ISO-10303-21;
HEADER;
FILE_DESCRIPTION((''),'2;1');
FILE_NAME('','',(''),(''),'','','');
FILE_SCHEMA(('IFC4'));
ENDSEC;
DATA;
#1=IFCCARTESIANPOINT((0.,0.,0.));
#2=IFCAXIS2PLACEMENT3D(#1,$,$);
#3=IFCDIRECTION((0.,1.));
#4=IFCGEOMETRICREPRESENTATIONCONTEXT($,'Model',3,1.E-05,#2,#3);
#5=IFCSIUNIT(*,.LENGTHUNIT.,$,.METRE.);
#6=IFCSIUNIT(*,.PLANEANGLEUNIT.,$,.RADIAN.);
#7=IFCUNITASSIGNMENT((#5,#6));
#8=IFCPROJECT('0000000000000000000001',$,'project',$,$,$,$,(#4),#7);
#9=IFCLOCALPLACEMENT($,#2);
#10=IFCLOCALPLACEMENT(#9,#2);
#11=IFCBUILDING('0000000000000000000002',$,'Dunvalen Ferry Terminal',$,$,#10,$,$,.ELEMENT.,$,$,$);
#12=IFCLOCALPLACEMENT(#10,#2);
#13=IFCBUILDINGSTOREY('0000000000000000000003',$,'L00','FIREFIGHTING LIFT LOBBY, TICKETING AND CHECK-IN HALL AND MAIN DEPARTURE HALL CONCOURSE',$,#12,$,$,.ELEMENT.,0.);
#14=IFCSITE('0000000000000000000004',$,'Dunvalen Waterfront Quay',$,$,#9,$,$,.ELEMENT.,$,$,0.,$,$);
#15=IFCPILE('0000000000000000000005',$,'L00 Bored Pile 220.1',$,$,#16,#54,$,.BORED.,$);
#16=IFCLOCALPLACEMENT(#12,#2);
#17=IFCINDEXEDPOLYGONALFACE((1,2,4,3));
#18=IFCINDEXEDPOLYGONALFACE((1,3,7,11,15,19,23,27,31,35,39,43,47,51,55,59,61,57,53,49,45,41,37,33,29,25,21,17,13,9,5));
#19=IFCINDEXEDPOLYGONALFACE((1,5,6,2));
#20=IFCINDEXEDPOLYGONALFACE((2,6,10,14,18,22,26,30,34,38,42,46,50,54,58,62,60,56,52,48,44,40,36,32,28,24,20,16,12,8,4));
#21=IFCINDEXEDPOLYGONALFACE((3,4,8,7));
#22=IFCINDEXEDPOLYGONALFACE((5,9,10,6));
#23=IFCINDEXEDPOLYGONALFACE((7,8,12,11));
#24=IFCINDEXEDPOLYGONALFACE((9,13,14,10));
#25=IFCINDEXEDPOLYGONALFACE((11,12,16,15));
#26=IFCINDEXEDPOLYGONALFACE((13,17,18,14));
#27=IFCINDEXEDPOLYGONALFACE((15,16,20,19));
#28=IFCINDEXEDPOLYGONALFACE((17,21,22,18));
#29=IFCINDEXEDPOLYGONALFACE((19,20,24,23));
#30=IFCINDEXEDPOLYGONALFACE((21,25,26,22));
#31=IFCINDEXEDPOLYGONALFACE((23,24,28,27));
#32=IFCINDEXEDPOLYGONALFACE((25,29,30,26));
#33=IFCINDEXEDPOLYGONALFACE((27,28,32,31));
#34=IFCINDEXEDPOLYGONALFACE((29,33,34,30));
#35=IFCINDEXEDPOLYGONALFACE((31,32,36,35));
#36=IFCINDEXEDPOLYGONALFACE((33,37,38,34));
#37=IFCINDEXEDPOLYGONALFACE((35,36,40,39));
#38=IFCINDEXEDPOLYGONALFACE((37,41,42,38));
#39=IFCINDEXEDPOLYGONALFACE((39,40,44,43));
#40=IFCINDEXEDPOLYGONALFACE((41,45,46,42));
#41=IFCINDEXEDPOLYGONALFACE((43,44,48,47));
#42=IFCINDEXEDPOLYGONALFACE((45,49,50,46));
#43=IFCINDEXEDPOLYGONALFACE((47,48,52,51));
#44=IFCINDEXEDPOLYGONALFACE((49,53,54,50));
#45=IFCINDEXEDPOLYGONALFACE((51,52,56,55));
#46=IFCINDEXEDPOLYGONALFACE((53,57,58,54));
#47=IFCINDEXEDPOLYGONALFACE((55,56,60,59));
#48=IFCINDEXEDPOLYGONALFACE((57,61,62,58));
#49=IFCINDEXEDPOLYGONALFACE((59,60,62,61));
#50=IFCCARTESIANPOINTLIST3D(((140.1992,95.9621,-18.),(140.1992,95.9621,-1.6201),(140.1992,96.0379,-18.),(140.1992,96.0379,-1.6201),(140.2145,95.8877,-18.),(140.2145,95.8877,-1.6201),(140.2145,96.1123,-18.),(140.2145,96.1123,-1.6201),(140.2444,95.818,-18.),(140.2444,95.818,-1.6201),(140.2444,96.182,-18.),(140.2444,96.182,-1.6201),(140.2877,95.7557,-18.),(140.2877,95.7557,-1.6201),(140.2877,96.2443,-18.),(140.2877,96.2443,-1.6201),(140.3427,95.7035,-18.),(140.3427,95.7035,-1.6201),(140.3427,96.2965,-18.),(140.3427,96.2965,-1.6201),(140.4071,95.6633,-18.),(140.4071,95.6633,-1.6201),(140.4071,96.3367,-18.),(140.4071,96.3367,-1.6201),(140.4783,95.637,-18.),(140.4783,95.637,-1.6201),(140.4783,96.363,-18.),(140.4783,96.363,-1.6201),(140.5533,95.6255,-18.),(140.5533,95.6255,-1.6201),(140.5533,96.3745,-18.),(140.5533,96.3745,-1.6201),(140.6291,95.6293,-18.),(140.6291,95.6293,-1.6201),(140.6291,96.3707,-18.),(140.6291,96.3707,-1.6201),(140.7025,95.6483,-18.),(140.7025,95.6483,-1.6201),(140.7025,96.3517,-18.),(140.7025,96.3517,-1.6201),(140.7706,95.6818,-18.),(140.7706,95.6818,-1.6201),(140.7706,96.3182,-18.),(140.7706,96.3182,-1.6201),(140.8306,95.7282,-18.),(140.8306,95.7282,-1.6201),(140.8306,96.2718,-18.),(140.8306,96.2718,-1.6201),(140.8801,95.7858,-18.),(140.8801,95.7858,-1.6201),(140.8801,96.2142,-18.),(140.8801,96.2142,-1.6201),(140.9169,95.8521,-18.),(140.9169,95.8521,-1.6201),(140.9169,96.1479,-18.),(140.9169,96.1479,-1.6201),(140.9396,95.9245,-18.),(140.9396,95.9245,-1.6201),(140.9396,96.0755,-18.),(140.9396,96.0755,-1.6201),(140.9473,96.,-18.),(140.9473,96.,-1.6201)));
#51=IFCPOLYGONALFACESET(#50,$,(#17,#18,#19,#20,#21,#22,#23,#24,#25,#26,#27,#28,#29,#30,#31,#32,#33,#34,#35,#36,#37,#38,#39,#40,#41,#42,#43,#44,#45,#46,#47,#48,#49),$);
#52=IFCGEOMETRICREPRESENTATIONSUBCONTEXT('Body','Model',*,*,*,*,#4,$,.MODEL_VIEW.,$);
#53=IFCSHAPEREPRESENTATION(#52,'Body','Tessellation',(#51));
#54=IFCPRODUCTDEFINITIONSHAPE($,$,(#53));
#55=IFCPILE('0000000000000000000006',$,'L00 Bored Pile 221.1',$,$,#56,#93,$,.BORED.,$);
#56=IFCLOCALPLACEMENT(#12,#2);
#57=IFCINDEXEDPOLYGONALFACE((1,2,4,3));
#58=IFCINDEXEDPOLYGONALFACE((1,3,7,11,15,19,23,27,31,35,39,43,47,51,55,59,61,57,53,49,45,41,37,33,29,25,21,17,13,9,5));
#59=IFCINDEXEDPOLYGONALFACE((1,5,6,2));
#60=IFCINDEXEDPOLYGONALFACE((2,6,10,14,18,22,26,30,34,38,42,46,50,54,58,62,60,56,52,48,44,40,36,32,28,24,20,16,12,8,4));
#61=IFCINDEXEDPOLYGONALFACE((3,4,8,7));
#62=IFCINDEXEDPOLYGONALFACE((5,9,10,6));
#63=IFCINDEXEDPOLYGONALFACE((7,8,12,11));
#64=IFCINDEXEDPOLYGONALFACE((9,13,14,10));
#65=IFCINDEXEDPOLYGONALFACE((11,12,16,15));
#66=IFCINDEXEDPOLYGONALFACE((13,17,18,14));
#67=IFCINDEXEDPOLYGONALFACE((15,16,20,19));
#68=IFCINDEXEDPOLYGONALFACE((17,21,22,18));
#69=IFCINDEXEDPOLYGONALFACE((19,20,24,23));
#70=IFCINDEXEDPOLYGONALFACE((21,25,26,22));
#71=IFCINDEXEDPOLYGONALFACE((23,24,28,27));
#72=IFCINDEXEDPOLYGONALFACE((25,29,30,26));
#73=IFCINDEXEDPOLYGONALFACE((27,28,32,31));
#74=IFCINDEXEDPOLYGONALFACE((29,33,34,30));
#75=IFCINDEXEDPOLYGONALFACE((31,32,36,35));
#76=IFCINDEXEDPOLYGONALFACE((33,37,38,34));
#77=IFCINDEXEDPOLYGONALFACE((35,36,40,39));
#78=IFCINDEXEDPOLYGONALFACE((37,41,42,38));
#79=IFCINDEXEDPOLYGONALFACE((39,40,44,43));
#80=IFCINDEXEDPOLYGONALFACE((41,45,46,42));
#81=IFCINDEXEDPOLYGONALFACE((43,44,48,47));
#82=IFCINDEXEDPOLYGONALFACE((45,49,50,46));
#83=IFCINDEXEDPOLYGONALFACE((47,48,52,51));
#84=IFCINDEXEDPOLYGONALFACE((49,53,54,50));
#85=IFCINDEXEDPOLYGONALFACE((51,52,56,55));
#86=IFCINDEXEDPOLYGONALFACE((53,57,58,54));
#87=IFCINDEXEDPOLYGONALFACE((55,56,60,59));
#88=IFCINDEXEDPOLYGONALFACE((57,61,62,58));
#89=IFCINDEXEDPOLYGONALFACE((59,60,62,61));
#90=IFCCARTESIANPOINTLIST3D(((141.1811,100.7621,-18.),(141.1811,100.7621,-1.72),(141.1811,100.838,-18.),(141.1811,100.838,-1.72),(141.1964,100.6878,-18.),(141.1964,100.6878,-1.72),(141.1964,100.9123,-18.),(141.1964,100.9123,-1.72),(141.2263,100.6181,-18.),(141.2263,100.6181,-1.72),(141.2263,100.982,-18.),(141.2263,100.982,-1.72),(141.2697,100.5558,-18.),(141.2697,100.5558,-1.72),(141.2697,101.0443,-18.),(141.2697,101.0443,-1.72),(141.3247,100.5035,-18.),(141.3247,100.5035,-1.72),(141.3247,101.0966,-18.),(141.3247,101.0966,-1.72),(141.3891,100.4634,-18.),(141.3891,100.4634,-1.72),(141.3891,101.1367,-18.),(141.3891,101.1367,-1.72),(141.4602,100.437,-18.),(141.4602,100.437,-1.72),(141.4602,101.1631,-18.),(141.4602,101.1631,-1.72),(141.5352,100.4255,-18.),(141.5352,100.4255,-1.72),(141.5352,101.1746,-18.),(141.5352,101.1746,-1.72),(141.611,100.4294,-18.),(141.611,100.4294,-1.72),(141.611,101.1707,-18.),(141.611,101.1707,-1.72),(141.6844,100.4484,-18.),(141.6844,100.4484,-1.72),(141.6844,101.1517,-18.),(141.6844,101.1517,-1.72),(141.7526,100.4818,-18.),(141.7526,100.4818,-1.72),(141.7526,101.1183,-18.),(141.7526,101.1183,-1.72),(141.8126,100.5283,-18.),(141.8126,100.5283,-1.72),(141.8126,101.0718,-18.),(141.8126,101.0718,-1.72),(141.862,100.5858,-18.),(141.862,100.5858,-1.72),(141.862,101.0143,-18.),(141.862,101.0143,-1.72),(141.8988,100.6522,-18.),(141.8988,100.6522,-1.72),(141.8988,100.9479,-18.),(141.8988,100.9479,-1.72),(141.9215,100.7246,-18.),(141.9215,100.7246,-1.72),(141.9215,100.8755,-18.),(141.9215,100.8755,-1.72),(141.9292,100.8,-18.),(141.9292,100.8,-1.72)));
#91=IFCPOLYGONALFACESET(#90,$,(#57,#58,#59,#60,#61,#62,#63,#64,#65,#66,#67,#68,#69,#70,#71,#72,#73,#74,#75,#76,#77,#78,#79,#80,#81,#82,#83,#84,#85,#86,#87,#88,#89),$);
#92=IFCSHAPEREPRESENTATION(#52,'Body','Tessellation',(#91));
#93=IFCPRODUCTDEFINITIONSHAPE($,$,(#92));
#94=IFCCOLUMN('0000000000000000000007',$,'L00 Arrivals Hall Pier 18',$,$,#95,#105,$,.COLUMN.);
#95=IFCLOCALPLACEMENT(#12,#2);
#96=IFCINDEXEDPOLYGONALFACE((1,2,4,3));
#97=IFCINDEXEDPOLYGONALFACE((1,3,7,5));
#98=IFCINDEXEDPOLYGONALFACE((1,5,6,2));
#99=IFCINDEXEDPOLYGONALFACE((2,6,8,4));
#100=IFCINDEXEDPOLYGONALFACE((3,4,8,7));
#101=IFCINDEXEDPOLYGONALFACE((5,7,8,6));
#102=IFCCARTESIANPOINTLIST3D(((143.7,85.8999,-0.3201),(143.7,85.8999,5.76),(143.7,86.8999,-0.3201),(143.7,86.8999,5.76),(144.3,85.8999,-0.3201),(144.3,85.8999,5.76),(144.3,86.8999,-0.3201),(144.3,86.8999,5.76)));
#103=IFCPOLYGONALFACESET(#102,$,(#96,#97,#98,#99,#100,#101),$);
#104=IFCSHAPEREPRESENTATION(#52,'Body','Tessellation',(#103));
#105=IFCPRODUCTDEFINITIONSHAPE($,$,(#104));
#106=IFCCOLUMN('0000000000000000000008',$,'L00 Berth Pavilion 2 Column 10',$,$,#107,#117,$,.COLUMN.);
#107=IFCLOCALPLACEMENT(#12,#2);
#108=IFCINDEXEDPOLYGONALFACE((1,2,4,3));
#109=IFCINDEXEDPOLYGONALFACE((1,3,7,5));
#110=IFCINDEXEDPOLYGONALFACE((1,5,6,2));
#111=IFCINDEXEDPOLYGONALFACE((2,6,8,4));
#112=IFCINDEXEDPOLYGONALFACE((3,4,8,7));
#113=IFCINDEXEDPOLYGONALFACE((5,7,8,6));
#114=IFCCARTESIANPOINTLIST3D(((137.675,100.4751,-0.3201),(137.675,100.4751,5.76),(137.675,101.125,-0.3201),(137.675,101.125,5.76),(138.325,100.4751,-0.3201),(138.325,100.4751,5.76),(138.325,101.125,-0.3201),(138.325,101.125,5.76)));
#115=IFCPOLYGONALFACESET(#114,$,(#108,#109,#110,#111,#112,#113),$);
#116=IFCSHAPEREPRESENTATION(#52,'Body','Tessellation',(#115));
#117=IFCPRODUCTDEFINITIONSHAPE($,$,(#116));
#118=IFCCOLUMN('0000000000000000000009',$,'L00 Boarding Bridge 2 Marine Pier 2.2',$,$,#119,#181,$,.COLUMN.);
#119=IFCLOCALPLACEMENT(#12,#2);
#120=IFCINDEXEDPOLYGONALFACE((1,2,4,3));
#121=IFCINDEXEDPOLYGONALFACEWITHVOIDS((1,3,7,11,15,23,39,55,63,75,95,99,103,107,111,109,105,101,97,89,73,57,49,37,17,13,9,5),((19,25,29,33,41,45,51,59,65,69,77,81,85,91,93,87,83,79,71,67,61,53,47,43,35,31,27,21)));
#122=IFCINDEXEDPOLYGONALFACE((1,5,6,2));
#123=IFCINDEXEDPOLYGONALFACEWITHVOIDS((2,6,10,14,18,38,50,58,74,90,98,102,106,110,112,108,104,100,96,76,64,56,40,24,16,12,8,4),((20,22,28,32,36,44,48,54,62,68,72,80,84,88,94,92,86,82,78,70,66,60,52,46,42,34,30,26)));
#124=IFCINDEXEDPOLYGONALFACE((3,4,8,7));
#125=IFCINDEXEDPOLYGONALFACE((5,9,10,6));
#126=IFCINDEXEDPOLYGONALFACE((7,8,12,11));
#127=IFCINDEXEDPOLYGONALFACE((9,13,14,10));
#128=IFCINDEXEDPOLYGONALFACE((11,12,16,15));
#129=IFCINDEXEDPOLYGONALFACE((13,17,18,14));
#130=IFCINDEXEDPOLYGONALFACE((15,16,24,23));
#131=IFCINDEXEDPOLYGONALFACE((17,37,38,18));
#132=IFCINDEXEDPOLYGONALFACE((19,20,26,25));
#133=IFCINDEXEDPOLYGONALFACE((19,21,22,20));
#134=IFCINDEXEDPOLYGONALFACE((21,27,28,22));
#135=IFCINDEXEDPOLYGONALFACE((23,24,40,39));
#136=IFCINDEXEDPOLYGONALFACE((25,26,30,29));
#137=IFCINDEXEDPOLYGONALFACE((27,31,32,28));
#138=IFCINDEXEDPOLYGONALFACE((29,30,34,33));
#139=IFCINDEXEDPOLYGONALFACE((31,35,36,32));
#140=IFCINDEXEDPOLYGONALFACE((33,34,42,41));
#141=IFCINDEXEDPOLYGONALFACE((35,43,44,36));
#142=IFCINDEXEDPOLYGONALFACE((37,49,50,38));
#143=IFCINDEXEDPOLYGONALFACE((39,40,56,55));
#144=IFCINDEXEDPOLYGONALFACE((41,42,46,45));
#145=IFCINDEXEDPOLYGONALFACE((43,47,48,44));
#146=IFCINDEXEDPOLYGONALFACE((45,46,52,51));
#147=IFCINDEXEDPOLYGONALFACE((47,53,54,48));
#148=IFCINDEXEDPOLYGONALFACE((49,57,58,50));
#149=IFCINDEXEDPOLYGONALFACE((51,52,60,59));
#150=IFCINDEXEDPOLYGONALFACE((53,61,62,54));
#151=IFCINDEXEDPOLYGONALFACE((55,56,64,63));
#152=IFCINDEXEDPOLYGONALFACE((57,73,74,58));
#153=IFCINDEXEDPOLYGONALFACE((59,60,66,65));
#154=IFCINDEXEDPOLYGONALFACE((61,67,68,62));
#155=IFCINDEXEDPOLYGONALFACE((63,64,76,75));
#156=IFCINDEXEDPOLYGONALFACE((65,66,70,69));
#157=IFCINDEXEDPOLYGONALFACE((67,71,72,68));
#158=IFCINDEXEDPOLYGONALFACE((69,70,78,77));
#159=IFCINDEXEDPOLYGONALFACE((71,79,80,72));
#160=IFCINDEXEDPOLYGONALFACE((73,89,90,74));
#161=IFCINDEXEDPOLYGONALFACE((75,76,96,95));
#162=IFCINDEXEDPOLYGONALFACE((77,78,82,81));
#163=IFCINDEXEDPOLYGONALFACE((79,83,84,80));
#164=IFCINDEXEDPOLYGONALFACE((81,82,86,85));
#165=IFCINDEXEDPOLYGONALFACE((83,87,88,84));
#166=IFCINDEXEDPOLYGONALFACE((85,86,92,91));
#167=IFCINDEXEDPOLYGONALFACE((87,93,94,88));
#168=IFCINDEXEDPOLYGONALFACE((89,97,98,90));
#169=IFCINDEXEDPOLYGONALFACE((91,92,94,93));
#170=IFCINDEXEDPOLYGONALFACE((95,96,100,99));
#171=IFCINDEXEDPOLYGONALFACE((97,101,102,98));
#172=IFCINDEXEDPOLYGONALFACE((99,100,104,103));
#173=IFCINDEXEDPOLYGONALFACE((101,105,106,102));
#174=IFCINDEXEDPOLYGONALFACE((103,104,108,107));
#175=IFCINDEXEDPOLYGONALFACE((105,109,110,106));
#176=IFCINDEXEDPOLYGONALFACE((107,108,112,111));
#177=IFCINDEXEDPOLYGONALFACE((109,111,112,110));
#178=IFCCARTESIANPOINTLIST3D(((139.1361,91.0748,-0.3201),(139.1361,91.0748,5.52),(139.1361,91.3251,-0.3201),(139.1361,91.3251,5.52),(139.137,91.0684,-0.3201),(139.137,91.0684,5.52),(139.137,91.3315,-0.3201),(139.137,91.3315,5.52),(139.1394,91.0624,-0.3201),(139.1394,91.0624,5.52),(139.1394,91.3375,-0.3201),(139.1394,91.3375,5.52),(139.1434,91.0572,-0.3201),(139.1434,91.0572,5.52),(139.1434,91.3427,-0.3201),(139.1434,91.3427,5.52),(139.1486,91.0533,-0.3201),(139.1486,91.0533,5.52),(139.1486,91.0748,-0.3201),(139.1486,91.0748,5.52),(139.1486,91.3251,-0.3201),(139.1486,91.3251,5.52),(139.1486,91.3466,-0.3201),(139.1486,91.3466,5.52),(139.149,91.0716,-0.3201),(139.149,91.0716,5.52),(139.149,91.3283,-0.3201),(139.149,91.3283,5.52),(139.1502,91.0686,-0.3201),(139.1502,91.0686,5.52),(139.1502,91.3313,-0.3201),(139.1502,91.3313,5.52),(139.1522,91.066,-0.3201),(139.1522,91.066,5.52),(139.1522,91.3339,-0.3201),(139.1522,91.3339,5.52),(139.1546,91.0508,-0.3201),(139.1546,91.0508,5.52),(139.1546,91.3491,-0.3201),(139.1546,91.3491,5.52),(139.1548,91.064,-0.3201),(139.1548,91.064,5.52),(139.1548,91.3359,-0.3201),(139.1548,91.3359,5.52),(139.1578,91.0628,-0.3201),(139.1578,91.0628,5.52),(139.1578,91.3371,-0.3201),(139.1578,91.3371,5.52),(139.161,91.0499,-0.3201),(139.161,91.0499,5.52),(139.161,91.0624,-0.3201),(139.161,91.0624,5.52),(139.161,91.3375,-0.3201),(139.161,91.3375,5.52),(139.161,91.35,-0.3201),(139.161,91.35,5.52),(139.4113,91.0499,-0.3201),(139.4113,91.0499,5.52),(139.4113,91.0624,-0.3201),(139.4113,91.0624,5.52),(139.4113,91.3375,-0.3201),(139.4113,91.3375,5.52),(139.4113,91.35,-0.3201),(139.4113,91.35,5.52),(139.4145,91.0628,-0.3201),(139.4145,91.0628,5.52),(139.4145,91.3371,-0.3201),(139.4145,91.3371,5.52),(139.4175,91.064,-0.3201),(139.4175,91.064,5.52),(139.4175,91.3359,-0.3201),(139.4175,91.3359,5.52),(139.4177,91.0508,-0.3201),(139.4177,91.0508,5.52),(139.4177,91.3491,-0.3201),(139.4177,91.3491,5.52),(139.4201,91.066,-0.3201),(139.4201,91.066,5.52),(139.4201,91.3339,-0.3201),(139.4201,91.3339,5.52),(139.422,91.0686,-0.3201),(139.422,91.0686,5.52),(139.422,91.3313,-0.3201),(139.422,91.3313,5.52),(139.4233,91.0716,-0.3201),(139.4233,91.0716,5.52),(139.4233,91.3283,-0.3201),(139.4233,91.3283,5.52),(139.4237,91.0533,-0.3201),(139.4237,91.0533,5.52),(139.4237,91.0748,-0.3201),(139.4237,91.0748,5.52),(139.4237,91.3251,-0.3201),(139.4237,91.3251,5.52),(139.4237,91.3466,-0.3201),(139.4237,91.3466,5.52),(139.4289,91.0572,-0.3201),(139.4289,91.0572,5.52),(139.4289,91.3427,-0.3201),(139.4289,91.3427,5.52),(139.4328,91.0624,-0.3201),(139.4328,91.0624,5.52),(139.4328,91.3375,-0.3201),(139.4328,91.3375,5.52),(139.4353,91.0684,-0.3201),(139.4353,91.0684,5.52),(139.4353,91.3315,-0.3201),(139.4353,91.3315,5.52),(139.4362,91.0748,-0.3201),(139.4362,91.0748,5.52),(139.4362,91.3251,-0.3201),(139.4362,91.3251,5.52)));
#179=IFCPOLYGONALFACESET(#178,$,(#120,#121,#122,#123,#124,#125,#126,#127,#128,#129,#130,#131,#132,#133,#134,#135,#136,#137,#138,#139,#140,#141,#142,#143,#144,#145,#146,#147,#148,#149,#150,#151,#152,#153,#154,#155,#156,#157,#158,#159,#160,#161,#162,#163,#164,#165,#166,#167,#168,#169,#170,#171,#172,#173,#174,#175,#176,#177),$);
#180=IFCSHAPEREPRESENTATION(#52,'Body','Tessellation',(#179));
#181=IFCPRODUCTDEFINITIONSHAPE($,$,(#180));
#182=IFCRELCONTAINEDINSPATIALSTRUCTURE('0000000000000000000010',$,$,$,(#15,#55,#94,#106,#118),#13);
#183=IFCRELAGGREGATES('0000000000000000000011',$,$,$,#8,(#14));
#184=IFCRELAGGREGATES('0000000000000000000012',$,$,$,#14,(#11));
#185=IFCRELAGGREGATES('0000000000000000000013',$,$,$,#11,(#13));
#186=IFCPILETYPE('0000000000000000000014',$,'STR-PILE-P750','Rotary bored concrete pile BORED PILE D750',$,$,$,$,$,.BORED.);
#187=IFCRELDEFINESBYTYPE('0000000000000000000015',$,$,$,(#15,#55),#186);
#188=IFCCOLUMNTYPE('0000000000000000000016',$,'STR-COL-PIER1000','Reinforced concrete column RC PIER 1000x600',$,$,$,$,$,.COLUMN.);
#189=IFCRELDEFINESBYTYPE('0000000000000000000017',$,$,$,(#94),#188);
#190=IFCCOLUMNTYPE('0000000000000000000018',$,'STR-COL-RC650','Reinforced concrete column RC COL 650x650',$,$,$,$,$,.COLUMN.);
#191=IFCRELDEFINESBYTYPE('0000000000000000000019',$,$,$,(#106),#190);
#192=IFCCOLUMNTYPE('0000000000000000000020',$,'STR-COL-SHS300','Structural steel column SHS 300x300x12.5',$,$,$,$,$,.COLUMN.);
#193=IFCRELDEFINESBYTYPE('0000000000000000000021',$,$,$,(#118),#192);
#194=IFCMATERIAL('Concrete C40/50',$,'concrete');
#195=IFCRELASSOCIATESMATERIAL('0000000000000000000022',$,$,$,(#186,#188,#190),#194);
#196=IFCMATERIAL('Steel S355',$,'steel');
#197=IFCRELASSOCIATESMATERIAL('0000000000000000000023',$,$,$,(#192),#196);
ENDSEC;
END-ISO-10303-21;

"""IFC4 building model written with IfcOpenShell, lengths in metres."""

from ifc_helpers import new_model, si_unit, direction, frame, origin, origin_2d, place, context, subcontext, project, spatial, rectangle, hollow_rectangle, circle, extrude, material, material_profile, profile_set, type_object, element, save


model = new_model("IFC4")

# Units and contexts
model_context = context("Model", 3, precision=1e-05, world=origin(), true_north=direction((0.0, 1.0)))
body_context = subcontext(model_context, "Body", "Model", "MODEL_VIEW")
ifc_project = project(units=[si_unit("LENGTHUNIT", "METRE"), si_unit("PLANEANGLEUNIT", "RADIAN")], contexts=[model_context])

# Site, building, storey
site_placement = place(None, origin())
site = spatial("IfcSite", under=ifc_project, at=site_placement, Name="Dunvalen Waterfront Quay", CompositionType="ELEMENT", RefElevation=0.0)
building_placement = place(site_placement, origin())
building = spatial("IfcBuilding", under=site, at=building_placement, Name="Dunvalen Ferry Terminal", CompositionType="ELEMENT")
storey_placement = place(building_placement, origin())
storey = spatial("IfcBuildingStorey", under=building, at=storey_placement, Name="L00", Description="FIREFIGHTING LIFT LOBBY, TICKETING AND CHECK-IN HALL AND MAIN DEPARTURE HALL CONCOURSE", CompositionType="ELEMENT", Elevation=0.0)

# Shared definitions
ifc_material_1 = material(Name="Concrete C40/50", Category="concrete")

# Piles
ifc_material_profile_1 = material_profile(ifc_material_1, circle(Radius=0.375, at=origin_2d()), Name="Concrete C40/50")
ifc_profile_set_1 = profile_set([ifc_material_profile_1], Name="Concrete C40/50")
pile_type = type_object("IfcPileType", Name="STR-PILE-P750", Description="Rotary bored concrete pile BORED PILE D750", PredefinedType="BORED", material=ifc_profile_set_1)
pile_1_placement = place(storey_placement, frame((140.5723, 96.0, -1.6201), z_axis=(0.0, 0.0, -1.0), x_axis=(1.0, 0.0, 0.0)))
element("IfcPile", 1, at=pile_1_placement, inside=storey, type_object=pile_type, Name="L00 Bored Pile 220.1", PredefinedType="BORED", context=body_context, shape_type="SweptSolid", body=[
    extrude(circle(Radius=0.375, at=origin_2d()), origin(), (0.0, 0.0, 1.0), 16.3799),
])
pile_2_placement = place(storey_placement, frame((141.5542, 100.8, -1.72), z_axis=(0.0, 0.0, -1.0), x_axis=(1.0, 0.0, 0.0)))
element("IfcPile", 2, at=pile_2_placement, inside=storey, type_object=pile_type, Name="L00 Bored Pile 221.1", PredefinedType="BORED", context=body_context, shape_type="SweptSolid", body=[
    extrude(circle(Radius=0.375, at=origin_2d()), origin(), (0.0, 0.0, 1.0), 16.28),
])

# Columns
ifc_material_profile_2 = material_profile(ifc_material_1, rectangle(XDim=0.6001, YDim=1.0, at=origin_2d()), Name="Concrete C40/50")
ifc_profile_set_2 = profile_set([ifc_material_profile_2], Name="Concrete C40/50")
column_type_1 = type_object("IfcColumnType", Name="STR-COL-PIER1000", Description="Reinforced concrete column RC PIER 1000x600", PredefinedType="COLUMN", material=ifc_profile_set_2)
column_1_placement = place(storey_placement, frame((144.0, 86.3999, -0.3201), z_axis=(0.0, 0.0, 1.0), x_axis=(1.0, 0.0, 0.0)))
element("IfcColumn", 3, at=column_1_placement, inside=storey, type_object=column_type_1, Name="L00 Arrivals Hall Pier 18", PredefinedType="COLUMN", context=body_context, shape_type="SweptSolid", body=[
    extrude(rectangle(XDim=0.6001, YDim=1.0, at=origin_2d()), origin(), (0.0, 0.0, 1.0), 6.0801),
])
ifc_material_profile_3 = material_profile(ifc_material_1, rectangle(XDim=0.6499, YDim=0.6499, at=origin_2d()), Name="Concrete C40/50")
ifc_profile_set_3 = profile_set([ifc_material_profile_3], Name="Concrete C40/50")
column_type_2 = type_object("IfcColumnType", Name="STR-COL-RC650", Description="Reinforced concrete column RC COL 650x650", PredefinedType="COLUMN", material=ifc_profile_set_3)
column_2_placement = place(storey_placement, frame((138.0, 100.8, -0.3201), z_axis=(0.0, 0.0, 1.0), x_axis=(1.0, 0.0, 0.0)))
element("IfcColumn", 4, at=column_2_placement, inside=storey, type_object=column_type_2, Name="L00 Berth Pavilion 2 Column 10", PredefinedType="COLUMN", context=body_context, shape_type="SweptSolid", body=[
    extrude(rectangle(XDim=0.6499, YDim=0.6499, at=origin_2d()), origin(), (0.0, 0.0, 1.0), 6.0801),
])
ifc_material_2 = material(Name="Steel S355", Category="steel")
ifc_material_profile_4 = material_profile(ifc_material_2, hollow_rectangle(XDim=0.3, YDim=0.3, WallThickness=0.0125, InnerFilletRadius=0.0125, OuterFilletRadius=0.0249, at=origin_2d()), Name="Steel S355")
ifc_profile_set_4 = profile_set([ifc_material_profile_4], Name="Steel S355")
column_type_3 = type_object("IfcColumnType", Name="STR-COL-SHS300", Description="Structural steel column SHS 300x300x12.5", PredefinedType="COLUMN", material=ifc_profile_set_4)
for number, where, z_axis, x_axis, name in (
    (5, (139.2861, 91.2, -0.3201), (0.0, 0.0, 1.0), (1.0, 0.0, 0.0), "L00 Boarding Bridge 2 Marine Pier 2.2"),
):
    element("IfcColumn", number, at=place(storey_placement, frame(where, z_axis=z_axis, x_axis=x_axis)), inside=storey, type_object=column_type_3, Name=name, PredefinedType="COLUMN", context=body_context, shape_type="SweptSolid", body=[
        extrude(hollow_rectangle(XDim=0.3, YDim=0.3, WallThickness=0.0125, InnerFilletRadius=0.0125, OuterFilletRadius=0.0249, at=origin_2d()), origin(), (0.0, 0.0, 1.0), 5.8401),
    ])

save(model, "model.ifc")
